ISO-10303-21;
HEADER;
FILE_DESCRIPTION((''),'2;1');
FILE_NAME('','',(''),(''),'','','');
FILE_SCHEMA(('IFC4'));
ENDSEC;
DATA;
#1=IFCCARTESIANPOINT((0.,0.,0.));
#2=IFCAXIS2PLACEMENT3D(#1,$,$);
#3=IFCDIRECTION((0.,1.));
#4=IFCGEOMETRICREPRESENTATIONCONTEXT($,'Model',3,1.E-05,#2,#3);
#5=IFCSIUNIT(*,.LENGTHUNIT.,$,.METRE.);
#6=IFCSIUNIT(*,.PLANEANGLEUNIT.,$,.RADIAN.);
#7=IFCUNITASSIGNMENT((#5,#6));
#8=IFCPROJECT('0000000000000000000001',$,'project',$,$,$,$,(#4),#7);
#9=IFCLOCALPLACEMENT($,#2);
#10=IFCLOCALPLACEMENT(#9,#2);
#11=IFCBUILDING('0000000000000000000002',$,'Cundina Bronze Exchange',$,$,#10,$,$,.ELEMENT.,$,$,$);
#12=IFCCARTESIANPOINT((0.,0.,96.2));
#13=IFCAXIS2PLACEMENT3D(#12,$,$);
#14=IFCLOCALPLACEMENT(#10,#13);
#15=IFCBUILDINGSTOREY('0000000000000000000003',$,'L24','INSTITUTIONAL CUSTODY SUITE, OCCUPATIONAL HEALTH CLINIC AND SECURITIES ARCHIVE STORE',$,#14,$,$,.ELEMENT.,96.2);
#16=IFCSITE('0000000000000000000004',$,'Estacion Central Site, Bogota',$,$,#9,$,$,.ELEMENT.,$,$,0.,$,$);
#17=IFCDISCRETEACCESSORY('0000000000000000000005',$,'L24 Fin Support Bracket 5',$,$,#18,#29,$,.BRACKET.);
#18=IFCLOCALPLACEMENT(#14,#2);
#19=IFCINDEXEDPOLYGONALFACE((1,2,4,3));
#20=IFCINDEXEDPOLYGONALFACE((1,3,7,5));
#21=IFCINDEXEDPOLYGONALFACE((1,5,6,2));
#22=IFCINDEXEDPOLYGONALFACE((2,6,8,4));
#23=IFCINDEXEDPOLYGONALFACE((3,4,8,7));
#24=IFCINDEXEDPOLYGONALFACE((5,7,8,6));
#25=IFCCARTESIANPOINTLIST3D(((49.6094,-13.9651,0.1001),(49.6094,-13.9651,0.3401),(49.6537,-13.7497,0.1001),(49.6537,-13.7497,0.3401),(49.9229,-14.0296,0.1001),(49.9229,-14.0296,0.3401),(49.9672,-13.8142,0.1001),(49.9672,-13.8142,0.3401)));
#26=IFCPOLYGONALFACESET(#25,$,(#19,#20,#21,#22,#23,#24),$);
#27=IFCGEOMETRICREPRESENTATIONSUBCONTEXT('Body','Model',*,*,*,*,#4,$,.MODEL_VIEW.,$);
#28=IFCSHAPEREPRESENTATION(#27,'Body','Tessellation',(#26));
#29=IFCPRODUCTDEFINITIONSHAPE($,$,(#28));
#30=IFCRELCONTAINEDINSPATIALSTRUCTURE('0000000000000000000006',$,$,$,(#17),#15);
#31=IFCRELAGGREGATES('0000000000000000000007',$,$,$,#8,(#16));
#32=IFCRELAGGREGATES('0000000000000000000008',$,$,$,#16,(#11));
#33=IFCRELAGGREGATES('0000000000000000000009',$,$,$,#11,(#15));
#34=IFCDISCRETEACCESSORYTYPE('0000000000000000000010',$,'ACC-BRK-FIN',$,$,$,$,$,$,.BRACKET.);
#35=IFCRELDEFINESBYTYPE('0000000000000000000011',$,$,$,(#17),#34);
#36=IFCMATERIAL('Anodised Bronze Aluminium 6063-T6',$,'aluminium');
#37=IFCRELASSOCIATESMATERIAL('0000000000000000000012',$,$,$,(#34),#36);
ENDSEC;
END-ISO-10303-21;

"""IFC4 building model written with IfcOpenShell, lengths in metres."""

from ifc_helpers import new_model, si_unit, direction, frame, origin, origin_2d, place, context, subcontext, project, spatial, rectangle, extrude, material, type_object, element, save


model = new_model("IFC4")

# Units and contexts
model_context = context("Model", 3, precision=1e-05, world=origin(), true_north=direction((0.0, 1.0)))
body_context = subcontext(model_context, "Body", "Model", "MODEL_VIEW")
ifc_project = project(units=[si_unit("LENGTHUNIT", "METRE"), si_unit("PLANEANGLEUNIT", "RADIAN")], contexts=[model_context])

# Site, building, storey
site_placement = place(None, origin())
site = spatial("IfcSite", under=ifc_project, at=site_placement, Name="Estacion Central Site, Bogota", CompositionType="ELEMENT", RefElevation=0.0)
building_placement = place(site_placement, origin())
building = spatial("IfcBuilding", under=site, at=building_placement, Name="Cundina Bronze Exchange", CompositionType="ELEMENT")
storey_placement = place(building_placement, frame((0.0, 0.0, 96.2)))
storey = spatial("IfcBuildingStorey", under=building, at=storey_placement, Name="L24", Description="INSTITUTIONAL CUSTODY SUITE, OCCUPATIONAL HEALTH CLINIC AND SECURITIES ARCHIVE STORE", CompositionType="ELEMENT", Elevation=96.2)

# Shared definitions
ifc_material_1 = material(Name="Anodised Bronze Aluminium 6063-T6", Category="aluminium")

# Discrete accessory
discrete_accessory_type = type_object("IfcDiscreteAccessoryType", Name="ACC-BRK-FIN", PredefinedType="BRACKET", material=ifc_material_1)
for number, where, z_axis, x_axis, name in (
    (1, (49.7883, -13.8896, 0.1001), (0.0, 0.0, 1.0), (0.20142, 0.979505, 0.0), "L24 Fin Support Bracket 5"),
):
    element("IfcDiscreteAccessory", number, at=place(storey_placement, frame(where, z_axis=z_axis, x_axis=x_axis)), inside=storey, type_object=discrete_accessory_type, Name=name, PredefinedType="BRACKET", context=body_context, shape_type="SweptSolid", body=[
        extrude(rectangle(XDim=0.22, YDim=0.3201, at=origin_2d()), origin(), (0.0, 0.0, 1.0), 0.24),
    ])

save(model, "model.ifc")
